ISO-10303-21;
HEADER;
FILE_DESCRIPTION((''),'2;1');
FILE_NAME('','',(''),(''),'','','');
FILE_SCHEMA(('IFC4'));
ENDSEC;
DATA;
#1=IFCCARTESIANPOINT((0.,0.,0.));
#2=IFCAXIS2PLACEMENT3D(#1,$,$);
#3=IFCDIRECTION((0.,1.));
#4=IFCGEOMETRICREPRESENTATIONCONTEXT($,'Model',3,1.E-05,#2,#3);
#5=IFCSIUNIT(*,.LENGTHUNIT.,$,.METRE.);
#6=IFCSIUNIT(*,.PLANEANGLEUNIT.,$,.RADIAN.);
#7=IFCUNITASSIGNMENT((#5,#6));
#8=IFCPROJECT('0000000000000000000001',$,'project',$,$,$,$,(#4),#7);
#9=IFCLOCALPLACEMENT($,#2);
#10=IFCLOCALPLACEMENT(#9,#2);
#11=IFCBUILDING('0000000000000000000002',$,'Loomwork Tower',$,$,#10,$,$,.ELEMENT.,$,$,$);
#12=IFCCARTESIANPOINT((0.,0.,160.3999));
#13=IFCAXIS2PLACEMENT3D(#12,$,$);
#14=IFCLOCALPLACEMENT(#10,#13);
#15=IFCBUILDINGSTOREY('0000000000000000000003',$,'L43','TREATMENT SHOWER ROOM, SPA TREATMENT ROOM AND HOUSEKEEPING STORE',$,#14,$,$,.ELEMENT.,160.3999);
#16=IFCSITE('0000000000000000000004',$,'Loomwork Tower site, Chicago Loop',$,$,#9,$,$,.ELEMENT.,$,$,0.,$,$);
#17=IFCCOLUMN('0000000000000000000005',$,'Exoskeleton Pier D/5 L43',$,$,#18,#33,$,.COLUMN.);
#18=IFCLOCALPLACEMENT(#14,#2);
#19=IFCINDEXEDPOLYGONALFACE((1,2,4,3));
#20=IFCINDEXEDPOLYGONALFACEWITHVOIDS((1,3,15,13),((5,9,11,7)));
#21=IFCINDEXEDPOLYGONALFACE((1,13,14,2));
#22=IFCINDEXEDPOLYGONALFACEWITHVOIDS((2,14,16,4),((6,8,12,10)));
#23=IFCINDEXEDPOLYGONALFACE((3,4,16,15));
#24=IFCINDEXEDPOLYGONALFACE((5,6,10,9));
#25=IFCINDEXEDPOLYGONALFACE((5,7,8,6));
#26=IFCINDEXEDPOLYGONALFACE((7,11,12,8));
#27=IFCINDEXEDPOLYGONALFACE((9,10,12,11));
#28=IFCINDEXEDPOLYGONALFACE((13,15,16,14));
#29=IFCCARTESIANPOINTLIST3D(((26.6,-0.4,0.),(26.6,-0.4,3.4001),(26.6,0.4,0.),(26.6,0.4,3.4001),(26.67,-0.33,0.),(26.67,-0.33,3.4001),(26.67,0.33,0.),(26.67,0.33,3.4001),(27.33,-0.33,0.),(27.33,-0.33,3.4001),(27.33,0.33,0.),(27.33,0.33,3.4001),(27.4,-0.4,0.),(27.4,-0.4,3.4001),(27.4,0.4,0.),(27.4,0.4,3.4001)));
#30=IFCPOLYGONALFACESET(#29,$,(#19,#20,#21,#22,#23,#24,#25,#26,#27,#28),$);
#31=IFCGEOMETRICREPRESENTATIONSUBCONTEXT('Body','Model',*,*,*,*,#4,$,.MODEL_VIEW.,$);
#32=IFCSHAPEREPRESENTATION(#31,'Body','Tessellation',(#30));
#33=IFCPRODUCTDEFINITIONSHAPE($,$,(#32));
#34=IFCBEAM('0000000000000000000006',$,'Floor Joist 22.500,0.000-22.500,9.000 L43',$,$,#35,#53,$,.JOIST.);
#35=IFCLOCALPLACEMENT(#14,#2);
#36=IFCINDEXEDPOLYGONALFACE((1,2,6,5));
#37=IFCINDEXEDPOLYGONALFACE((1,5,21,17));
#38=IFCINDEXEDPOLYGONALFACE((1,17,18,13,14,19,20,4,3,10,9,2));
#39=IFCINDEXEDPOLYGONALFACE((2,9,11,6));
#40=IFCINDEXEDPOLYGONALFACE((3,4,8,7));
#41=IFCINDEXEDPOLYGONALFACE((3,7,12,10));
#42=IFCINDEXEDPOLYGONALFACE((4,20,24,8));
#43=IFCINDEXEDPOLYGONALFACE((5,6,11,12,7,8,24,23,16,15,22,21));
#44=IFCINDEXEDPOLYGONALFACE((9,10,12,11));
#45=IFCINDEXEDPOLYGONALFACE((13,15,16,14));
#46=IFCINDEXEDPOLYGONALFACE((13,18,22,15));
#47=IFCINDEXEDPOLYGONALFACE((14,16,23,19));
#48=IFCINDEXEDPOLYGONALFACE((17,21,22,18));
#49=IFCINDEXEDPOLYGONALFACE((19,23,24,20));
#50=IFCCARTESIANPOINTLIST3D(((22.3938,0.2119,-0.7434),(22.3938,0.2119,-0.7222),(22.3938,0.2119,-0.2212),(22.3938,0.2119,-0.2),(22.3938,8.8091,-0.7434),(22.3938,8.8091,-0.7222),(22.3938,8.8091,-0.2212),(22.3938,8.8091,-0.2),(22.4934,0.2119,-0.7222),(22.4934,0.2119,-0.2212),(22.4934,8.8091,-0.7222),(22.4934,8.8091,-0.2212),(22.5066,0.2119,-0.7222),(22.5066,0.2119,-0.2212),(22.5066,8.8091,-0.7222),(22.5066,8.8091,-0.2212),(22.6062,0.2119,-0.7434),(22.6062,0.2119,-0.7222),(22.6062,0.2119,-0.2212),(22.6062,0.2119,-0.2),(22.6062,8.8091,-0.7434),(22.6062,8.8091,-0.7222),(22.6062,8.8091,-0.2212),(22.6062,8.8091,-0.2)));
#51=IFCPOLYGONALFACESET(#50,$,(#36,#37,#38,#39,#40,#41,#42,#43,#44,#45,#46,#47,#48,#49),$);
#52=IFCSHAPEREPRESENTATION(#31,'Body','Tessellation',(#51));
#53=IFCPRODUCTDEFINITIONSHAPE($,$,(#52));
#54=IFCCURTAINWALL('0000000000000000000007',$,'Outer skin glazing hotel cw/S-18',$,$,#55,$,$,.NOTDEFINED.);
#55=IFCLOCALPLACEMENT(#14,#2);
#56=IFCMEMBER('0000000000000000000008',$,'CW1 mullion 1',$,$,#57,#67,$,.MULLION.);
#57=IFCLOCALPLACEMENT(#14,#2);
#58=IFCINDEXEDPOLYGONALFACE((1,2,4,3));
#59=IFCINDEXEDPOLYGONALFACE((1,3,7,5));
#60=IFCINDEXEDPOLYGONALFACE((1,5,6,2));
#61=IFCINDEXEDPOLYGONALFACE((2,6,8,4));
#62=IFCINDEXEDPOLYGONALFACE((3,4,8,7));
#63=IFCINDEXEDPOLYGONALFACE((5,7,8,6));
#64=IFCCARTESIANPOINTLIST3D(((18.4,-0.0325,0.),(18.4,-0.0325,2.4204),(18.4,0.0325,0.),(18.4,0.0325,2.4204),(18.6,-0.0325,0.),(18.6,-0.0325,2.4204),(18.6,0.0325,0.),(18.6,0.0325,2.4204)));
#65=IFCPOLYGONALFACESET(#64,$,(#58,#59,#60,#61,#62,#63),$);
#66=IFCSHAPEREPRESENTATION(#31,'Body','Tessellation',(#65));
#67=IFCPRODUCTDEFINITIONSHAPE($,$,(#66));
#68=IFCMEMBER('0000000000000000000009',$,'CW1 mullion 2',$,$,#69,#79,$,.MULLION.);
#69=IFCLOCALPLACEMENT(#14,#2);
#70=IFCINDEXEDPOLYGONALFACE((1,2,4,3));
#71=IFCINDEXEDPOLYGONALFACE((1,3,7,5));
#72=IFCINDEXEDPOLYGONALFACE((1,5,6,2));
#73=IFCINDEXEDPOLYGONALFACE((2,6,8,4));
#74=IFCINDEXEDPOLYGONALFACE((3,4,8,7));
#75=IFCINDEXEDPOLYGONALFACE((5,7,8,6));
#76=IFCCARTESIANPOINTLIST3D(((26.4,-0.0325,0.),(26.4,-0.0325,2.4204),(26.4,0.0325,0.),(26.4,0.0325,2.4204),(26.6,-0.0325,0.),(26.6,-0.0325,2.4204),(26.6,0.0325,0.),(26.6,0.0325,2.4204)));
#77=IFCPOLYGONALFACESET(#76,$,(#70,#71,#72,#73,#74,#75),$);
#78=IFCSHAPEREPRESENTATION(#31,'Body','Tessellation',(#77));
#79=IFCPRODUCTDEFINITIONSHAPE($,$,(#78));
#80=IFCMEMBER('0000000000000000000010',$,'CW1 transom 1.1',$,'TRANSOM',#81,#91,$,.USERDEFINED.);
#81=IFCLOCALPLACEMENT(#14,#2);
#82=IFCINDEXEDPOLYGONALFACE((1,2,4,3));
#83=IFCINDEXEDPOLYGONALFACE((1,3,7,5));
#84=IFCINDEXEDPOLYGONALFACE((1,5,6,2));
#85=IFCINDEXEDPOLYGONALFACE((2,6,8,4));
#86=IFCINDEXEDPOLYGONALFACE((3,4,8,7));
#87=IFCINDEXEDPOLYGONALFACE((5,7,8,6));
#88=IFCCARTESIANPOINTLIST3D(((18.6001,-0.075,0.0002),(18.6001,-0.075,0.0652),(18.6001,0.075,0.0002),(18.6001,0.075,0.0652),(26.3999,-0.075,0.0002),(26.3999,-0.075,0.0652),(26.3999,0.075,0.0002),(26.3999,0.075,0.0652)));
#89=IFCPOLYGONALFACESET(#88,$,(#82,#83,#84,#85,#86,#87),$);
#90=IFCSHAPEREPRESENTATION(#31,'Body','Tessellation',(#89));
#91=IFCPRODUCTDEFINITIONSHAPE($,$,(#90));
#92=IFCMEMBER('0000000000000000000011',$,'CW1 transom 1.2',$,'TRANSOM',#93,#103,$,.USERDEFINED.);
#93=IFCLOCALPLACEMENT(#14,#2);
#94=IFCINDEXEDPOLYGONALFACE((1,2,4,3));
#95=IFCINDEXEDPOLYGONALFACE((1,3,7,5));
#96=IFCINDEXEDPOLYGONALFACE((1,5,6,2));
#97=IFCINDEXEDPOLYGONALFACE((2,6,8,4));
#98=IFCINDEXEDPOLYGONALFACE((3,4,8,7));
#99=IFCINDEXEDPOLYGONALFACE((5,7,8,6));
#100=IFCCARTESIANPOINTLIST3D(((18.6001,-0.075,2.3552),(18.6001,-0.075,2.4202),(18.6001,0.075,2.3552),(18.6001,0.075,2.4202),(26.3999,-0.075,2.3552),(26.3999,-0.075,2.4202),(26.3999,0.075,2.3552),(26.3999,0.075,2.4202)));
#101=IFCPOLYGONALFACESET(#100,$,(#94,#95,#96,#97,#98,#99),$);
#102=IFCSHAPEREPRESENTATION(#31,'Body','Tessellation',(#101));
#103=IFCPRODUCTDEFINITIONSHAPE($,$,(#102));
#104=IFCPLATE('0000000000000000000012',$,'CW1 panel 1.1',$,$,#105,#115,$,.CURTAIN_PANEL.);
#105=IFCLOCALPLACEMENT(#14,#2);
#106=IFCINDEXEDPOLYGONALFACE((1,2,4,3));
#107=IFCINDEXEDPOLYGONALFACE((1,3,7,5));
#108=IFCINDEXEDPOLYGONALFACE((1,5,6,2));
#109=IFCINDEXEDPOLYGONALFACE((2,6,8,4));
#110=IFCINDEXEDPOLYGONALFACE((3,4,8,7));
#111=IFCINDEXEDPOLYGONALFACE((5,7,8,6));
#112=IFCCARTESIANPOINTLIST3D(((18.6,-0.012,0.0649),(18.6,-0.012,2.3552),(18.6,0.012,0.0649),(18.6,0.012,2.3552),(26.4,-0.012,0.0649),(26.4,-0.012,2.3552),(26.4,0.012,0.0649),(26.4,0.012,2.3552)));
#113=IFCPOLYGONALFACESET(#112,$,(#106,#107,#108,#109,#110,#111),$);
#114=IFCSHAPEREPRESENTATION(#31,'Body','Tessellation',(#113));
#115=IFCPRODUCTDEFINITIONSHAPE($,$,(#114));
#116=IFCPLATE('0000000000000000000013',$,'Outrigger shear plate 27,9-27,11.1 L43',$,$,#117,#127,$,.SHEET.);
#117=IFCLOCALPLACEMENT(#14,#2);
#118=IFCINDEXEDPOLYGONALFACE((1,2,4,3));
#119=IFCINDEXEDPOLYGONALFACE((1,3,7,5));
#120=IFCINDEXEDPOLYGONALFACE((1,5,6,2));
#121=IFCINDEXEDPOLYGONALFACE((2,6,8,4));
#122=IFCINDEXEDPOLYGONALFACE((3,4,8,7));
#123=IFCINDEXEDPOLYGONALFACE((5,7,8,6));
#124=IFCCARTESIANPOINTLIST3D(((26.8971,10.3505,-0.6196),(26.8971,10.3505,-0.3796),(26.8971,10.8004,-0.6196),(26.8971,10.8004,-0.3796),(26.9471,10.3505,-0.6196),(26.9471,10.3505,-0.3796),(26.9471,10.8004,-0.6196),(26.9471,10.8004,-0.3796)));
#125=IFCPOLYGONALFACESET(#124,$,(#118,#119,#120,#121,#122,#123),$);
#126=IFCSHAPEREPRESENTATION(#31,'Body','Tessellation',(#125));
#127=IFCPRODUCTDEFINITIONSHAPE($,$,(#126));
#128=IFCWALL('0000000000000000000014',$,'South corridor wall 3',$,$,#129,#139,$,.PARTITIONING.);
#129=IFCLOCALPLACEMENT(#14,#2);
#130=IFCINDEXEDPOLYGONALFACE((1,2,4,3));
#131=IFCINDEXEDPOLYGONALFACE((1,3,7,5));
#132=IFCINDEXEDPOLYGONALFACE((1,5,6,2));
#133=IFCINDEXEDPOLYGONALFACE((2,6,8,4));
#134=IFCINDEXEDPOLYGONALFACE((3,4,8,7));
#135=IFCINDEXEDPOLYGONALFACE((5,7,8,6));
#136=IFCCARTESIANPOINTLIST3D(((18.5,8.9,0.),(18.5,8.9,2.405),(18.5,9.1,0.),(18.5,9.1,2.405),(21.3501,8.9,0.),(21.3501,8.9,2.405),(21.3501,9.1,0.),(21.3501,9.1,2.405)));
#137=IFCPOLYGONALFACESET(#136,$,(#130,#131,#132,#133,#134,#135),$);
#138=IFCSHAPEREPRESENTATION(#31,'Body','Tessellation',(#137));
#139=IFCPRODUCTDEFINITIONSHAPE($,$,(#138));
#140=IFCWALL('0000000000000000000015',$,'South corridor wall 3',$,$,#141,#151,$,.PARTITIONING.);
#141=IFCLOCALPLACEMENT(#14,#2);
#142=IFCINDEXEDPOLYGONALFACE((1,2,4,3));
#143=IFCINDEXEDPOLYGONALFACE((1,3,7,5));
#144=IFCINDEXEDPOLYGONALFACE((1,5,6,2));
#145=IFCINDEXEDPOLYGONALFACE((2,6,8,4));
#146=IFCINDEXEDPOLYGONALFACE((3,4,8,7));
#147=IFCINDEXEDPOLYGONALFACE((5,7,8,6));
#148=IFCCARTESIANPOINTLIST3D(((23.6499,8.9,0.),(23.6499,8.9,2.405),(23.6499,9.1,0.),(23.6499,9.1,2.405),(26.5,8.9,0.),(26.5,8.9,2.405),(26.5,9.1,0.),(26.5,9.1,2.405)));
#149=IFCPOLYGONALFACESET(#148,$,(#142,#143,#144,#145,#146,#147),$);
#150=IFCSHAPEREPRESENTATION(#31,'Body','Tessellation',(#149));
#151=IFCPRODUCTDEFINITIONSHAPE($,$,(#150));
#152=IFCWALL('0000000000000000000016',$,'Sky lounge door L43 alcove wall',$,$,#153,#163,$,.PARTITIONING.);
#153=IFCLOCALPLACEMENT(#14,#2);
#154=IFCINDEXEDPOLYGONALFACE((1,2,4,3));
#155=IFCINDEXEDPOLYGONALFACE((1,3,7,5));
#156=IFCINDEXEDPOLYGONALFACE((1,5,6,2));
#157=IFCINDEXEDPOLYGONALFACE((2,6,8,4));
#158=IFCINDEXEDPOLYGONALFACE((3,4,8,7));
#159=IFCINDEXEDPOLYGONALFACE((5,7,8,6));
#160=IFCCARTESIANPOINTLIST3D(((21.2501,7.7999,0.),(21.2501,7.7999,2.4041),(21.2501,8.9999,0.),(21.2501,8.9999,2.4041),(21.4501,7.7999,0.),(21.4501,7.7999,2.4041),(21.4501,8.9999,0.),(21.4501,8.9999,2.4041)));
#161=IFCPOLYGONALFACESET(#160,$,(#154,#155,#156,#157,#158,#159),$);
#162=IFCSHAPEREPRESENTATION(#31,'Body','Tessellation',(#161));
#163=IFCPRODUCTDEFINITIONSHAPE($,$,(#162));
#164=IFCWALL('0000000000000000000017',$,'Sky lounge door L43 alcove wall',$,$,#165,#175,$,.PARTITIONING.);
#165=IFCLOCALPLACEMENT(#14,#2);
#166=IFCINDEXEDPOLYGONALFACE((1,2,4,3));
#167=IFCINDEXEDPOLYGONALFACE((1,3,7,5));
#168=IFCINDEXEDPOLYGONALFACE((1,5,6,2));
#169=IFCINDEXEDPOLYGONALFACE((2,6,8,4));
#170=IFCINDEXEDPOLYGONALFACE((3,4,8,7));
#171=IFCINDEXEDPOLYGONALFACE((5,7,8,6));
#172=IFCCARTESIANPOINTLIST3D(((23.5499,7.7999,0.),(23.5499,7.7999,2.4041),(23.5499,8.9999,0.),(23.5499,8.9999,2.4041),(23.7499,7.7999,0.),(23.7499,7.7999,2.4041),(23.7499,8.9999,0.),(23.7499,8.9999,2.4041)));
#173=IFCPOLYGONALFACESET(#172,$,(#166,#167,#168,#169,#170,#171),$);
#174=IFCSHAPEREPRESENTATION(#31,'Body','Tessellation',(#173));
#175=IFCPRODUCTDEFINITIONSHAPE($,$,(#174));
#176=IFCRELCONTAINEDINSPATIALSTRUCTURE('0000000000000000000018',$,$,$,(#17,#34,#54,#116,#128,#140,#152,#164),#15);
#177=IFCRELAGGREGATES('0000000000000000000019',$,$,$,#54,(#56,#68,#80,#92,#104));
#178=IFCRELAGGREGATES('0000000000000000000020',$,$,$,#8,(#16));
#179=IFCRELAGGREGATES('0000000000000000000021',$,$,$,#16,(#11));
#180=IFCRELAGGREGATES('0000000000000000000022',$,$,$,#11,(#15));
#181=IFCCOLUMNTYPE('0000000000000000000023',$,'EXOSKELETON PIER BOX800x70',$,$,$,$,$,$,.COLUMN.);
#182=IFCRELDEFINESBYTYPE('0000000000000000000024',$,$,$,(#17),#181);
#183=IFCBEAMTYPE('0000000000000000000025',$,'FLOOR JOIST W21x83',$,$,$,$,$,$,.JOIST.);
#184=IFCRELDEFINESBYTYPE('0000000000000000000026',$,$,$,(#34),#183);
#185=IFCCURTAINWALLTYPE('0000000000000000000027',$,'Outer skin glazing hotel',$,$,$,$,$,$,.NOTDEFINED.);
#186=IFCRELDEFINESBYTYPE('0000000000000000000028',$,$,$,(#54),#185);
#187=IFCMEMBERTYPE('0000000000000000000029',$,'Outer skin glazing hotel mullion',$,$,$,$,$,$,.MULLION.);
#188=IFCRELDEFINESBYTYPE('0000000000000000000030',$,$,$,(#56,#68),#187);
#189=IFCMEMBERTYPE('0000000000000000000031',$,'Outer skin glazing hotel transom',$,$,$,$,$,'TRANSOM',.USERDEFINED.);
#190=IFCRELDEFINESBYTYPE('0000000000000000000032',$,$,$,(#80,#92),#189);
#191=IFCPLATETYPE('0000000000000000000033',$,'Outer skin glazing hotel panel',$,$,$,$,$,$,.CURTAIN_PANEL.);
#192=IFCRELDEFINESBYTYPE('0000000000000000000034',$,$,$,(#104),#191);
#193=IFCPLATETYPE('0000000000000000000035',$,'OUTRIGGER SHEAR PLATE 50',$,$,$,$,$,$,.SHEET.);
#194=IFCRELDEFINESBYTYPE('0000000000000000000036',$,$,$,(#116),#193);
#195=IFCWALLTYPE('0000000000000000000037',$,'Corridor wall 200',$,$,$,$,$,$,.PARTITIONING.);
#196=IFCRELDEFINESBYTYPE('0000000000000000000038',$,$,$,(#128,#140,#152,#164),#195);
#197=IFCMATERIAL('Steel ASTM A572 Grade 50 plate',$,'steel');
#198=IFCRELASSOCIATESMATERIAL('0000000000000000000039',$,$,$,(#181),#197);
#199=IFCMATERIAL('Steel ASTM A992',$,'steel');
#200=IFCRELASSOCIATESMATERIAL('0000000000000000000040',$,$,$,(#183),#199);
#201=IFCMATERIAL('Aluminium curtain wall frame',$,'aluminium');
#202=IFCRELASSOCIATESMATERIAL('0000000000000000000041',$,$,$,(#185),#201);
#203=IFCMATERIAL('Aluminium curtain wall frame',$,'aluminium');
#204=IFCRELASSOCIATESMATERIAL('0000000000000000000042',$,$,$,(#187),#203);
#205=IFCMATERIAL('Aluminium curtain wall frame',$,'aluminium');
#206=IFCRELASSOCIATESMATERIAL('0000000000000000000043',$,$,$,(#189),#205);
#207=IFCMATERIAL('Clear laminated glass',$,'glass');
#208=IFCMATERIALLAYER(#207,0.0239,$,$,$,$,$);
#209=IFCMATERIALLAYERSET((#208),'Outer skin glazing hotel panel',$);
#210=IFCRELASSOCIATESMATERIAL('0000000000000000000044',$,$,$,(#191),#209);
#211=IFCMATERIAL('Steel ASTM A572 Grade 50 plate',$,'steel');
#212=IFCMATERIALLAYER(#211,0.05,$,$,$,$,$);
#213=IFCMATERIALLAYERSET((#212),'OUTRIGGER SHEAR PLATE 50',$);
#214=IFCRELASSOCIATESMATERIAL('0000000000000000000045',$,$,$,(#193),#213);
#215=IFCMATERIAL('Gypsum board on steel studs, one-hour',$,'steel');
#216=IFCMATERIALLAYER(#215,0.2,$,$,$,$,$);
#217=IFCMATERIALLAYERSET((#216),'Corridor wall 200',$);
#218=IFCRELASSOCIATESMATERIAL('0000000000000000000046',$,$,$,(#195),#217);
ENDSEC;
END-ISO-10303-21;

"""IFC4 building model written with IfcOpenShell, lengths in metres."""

from ifc_helpers import new_model, si_unit, direction, frame, frame_2d, origin, origin_2d, place, context, subcontext, project, spatial, rectangle, hollow_rectangle, i_section, extrude, material, layer, layer_set, material_profile, profile_set, type_object, element, aggregate, save


model = new_model("IFC4")

# Units and contexts
model_context = context("Model", 3, precision=1e-05, world=origin(), true_north=direction((0.0, 1.0)))
body_context = subcontext(model_context, "Body", "Model", "MODEL_VIEW")
ifc_project = project(units=[si_unit("LENGTHUNIT", "METRE"), si_unit("PLANEANGLEUNIT", "RADIAN")], contexts=[model_context])

# Site, building, storey
site_placement = place(None, origin())
site = spatial("IfcSite", under=ifc_project, at=site_placement, Name="Loomwork Tower site, Chicago Loop", CompositionType="ELEMENT", RefElevation=0.0)
building_placement = place(site_placement, origin())
building = spatial("IfcBuilding", under=site, at=building_placement, Name="Loomwork Tower", CompositionType="ELEMENT")
storey_placement = place(building_placement, frame((0.0, 0.0, 160.3999)))
storey = spatial("IfcBuildingStorey", under=building, at=storey_placement, Name="L43", Description="TREATMENT SHOWER ROOM, SPA TREATMENT ROOM AND HOUSEKEEPING STORE", CompositionType="ELEMENT", Elevation=160.3999)

# Column
ifc_material_1 = material(Name="Steel ASTM A572 Grade 50 plate", Category="steel")
ifc_material_profile_1 = material_profile(ifc_material_1, hollow_rectangle(XDim=0.8, YDim=0.8, WallThickness=0.0701, at=origin_2d()), Name="BOX800x70")
ifc_profile_set_1 = profile_set([ifc_material_profile_1], Name="Steel ASTM A572 Grade 50 plate")
column_type = type_object("IfcColumnType", Name="EXOSKELETON PIER BOX800x70", PredefinedType="COLUMN", material=ifc_profile_set_1)
column_placement = place(storey_placement, frame((27.0, 0.0, 0.0), z_axis=(0.0, 0.0, 1.0), x_axis=(1.0, 0.0, 0.0)))
element("IfcColumn", 1, at=column_placement, inside=storey, type_object=column_type, Name="Exoskeleton Pier D/5 L43", PredefinedType="COLUMN", context=body_context, shape_type="SweptSolid", body=[
    extrude(hollow_rectangle(XDim=0.8, YDim=0.8, WallThickness=0.0701, at=origin_2d()), origin(), (0.0, 0.0, 1.0), 3.4001),
])

# Beam
ifc_material_2 = material(Name="Steel ASTM A992", Category="steel")
ifc_material_profile_2 = material_profile(ifc_material_2, i_section(OverallWidth=0.2124, OverallDepth=0.5435, WebThickness=0.0132, FlangeThickness=0.0212, at=origin_2d()), Name="W21x83")
ifc_profile_set_2 = profile_set([ifc_material_profile_2], Name="Steel ASTM A992")
beam_type = type_object("IfcBeamType", Name="FLOOR JOIST W21x83", PredefinedType="JOIST", material=ifc_profile_set_2)
beam_placement = place(storey_placement, frame((22.5, 0.2119, -0.4717), z_axis=(0.0, 1.0, 0.0), x_axis=(-1.0, 0.0, 0.0)))
element("IfcBeam", 2, at=beam_placement, inside=storey, type_object=beam_type, Name="Floor Joist 22.500,0.000-22.500,9.000 L43", PredefinedType="JOIST", context=body_context, shape_type="SweptSolid", body=[
    extrude(i_section(OverallWidth=0.2124, OverallDepth=0.5435, WebThickness=0.0132, FlangeThickness=0.0212, at=origin_2d()), origin(), (0.0, 0.0, 1.0), 8.5972),
])

# Curtain wall, members, plate
ifc_material_3 = material(Name="Aluminium curtain wall frame", Category="aluminium")
curtain_wall_type = type_object("IfcCurtainWallType", Name="Outer skin glazing hotel", PredefinedType="NOTDEFINED", material=ifc_material_3)
curtain_wall_placement = place(storey_placement, origin())
curtain_wall = element("IfcCurtainWall", 3, at=curtain_wall_placement, inside=storey, type_object=curtain_wall_type, Name="Outer skin glazing hotel cw/S-18", PredefinedType="NOTDEFINED")
ifc_material_4 = material(Name="Aluminium curtain wall frame", Category="aluminium")
ifc_material_profile_3 = material_profile(ifc_material_4, rectangle(XDim=0.0649, YDim=0.2, at=origin_2d()), Name="AL 65x200")
ifc_profile_set_3 = profile_set([ifc_material_profile_3], Name="Aluminium curtain wall frame")
member_type_1 = type_object("IfcMemberType", Name="Outer skin glazing hotel mullion", PredefinedType="MULLION", material=ifc_profile_set_3)
member_1_placement = place(storey_placement, frame((18.5, 0.0, 0.0), z_axis=(0.0, 0.0, 1.0), x_axis=(0.0, 1.0, 0.0)))
member_1 = element("IfcMember", 4, at=member_1_placement, type_object=member_type_1, Name="CW1 mullion 1", PredefinedType="MULLION", context=body_context, shape_type="SweptSolid", body=[
    extrude(rectangle(XDim=0.0649, YDim=0.2, at=origin_2d()), origin(), (0.0, 0.0, 1.0), 2.4204),
])
member_2_placement = place(storey_placement, frame((26.5, 0.0, 0.0), z_axis=(0.0, 0.0, 1.0), x_axis=(0.0, 1.0, 0.0)))
member_2 = element("IfcMember", 5, at=member_2_placement, type_object=member_type_1, Name="CW1 mullion 2", PredefinedType="MULLION", context=body_context, shape_type="SweptSolid", body=[
    extrude(rectangle(XDim=0.0649, YDim=0.2, at=origin_2d()), origin(), (0.0, 0.0, 1.0), 2.4204),
])
ifc_material_5 = material(Name="Aluminium curtain wall frame", Category="aluminium")
ifc_material_profile_4 = material_profile(ifc_material_5, rectangle(XDim=0.1499, YDim=0.0649, at=origin_2d()), Name="AL 65x150")
ifc_profile_set_4 = profile_set([ifc_material_profile_4], Name="Aluminium curtain wall frame")
member_type_2 = type_object("IfcMemberType", Name="Outer skin glazing hotel transom", ElementType="TRANSOM", PredefinedType="USERDEFINED", material=ifc_profile_set_4)
member_3_placement = place(storey_placement, frame((18.6001, 0.0, 0.0327), z_axis=(1.0, 0.0, 0.0), x_axis=(0.0, 1.0, 0.0)))
member_3 = element("IfcMember", 6, at=member_3_placement, type_object=member_type_2, Name="CW1 transom 1.1", ObjectType="TRANSOM", PredefinedType="USERDEFINED", context=body_context, shape_type="SweptSolid", body=[
    extrude(rectangle(XDim=0.1499, YDim=0.0649, at=origin_2d()), origin(), (0.0, 0.0, 1.0), 7.7998),
])
member_4_placement = place(storey_placement, frame((18.6001, 0.0, 2.3877), z_axis=(1.0, 0.0, 0.0), x_axis=(0.0, 1.0, 0.0)))
member_4 = element("IfcMember", 7, at=member_4_placement, type_object=member_type_2, Name="CW1 transom 1.2", ObjectType="TRANSOM", PredefinedType="USERDEFINED", context=body_context, shape_type="SweptSolid", body=[
    extrude(rectangle(XDim=0.1499, YDim=0.0649, at=origin_2d()), origin(), (0.0, 0.0, 1.0), 7.7998),
])
ifc_material_6 = material(Name="Clear laminated glass", Category="glass")
ifc_layer_1 = layer(ifc_material_6, 0.0239)
ifc_layer_set_1 = layer_set([ifc_layer_1], Name="Outer skin glazing hotel panel")
plate_type_1 = type_object("IfcPlateType", Name="Outer skin glazing hotel panel", PredefinedType="CURTAIN_PANEL", material=ifc_layer_set_1)
plate_1_placement = place(storey_placement, frame((22.5, 0.0, 0.0649), z_axis=(0.0, 0.0, 1.0), x_axis=(1.0, 0.0, 0.0)))
plate_1 = element("IfcPlate", 8, at=plate_1_placement, type_object=plate_type_1, Name="CW1 panel 1.1", PredefinedType="CURTAIN_PANEL", context=body_context, shape_type="SweptSolid", body=[
    extrude(rectangle(XDim=7.8, YDim=0.0239, at=origin_2d()), origin(), (0.0, 0.0, 1.0), 2.2903),
])
aggregate(curtain_wall, [member_1, member_2, member_3, member_4, plate_1])

# Plate
ifc_material_7 = material(Name="Steel ASTM A572 Grade 50 plate", Category="steel")
ifc_layer_2 = layer(ifc_material_7, 0.05)
ifc_layer_set_2 = layer_set([ifc_layer_2], Name="OUTRIGGER SHEAR PLATE 50")
plate_type_2 = type_object("IfcPlateType", Name="OUTRIGGER SHEAR PLATE 50", PredefinedType="SHEET", material=ifc_layer_set_2)
plate_2_placement = place(storey_placement, frame((26.9221, 10.5754, -0.6196), z_axis=(0.0, 0.0, 1.0), x_axis=(0.0, 1.0, 0.0)))
element("IfcPlate", 9, at=plate_2_placement, inside=storey, type_object=plate_type_2, Name="Outrigger shear plate 27,9-27,11.1 L43", PredefinedType="SHEET", context=body_context, shape_type="SweptSolid", body=[
    extrude(rectangle(XDim=0.45, YDim=0.05, at=origin_2d()), origin(), (0.0, 0.0, 1.0), 0.24),
])

# Walls
ifc_material_8 = material(Name="Gypsum board on steel studs, one-hour", Category="steel")
ifc_layer_3 = layer(ifc_material_8, 0.2)
ifc_layer_set_3 = layer_set([ifc_layer_3], Name="Corridor wall 200")
wall_type_1 = type_object("IfcWallType", Name="Corridor wall 200", PredefinedType="PARTITIONING", material=ifc_layer_set_3)
for number, where, z_axis, x_axis, name in (
    (10, (18.5, 9.0, 0.0), (0.0, 0.0, 1.0), (1.0, 0.0, 0.0), "South corridor wall 3"),
    (11, (23.6499, 9.0, 0.0), (0.0, 0.0, 1.0), (1.0, 0.0, 0.0), "South corridor wall 3"),
):
    element("IfcWall", number, at=place(storey_placement, frame(where, z_axis=z_axis, x_axis=x_axis)), inside=storey, type_object=wall_type_1, Name=name, PredefinedType="PARTITIONING", context=body_context, shape_type="SweptSolid", body=[
        extrude(rectangle(XDim=2.8501, YDim=0.2, at=frame_2d((1.425, 0.0))), origin(), (0.0, 0.0, 1.0), 2.405),
    ])
for number, where, z_axis, x_axis, name in (
    (12, (21.3501, 9.0, 0.0), (0.0, 0.0, 1.0), (0.0, -1.0, 0.0), "Sky lounge door L43 alcove wall"),
    (13, (23.6499, 9.0, 0.0), (0.0, 0.0, 1.0), (0.0, -1.0, 0.0), "Sky lounge door L43 alcove wall"),
):
    element("IfcWall", number, at=place(storey_placement, frame(where, z_axis=z_axis, x_axis=x_axis)), inside=storey, type_object=wall_type_1, Name=name, PredefinedType="PARTITIONING", context=body_context, shape_type="SweptSolid", body=[
        extrude(rectangle(XDim=1.2, YDim=0.2, at=frame_2d((0.6001, 0.0))), origin(), (0.0, 0.0, 1.0), 2.4041),
    ])

save(model, "model.ifc")
